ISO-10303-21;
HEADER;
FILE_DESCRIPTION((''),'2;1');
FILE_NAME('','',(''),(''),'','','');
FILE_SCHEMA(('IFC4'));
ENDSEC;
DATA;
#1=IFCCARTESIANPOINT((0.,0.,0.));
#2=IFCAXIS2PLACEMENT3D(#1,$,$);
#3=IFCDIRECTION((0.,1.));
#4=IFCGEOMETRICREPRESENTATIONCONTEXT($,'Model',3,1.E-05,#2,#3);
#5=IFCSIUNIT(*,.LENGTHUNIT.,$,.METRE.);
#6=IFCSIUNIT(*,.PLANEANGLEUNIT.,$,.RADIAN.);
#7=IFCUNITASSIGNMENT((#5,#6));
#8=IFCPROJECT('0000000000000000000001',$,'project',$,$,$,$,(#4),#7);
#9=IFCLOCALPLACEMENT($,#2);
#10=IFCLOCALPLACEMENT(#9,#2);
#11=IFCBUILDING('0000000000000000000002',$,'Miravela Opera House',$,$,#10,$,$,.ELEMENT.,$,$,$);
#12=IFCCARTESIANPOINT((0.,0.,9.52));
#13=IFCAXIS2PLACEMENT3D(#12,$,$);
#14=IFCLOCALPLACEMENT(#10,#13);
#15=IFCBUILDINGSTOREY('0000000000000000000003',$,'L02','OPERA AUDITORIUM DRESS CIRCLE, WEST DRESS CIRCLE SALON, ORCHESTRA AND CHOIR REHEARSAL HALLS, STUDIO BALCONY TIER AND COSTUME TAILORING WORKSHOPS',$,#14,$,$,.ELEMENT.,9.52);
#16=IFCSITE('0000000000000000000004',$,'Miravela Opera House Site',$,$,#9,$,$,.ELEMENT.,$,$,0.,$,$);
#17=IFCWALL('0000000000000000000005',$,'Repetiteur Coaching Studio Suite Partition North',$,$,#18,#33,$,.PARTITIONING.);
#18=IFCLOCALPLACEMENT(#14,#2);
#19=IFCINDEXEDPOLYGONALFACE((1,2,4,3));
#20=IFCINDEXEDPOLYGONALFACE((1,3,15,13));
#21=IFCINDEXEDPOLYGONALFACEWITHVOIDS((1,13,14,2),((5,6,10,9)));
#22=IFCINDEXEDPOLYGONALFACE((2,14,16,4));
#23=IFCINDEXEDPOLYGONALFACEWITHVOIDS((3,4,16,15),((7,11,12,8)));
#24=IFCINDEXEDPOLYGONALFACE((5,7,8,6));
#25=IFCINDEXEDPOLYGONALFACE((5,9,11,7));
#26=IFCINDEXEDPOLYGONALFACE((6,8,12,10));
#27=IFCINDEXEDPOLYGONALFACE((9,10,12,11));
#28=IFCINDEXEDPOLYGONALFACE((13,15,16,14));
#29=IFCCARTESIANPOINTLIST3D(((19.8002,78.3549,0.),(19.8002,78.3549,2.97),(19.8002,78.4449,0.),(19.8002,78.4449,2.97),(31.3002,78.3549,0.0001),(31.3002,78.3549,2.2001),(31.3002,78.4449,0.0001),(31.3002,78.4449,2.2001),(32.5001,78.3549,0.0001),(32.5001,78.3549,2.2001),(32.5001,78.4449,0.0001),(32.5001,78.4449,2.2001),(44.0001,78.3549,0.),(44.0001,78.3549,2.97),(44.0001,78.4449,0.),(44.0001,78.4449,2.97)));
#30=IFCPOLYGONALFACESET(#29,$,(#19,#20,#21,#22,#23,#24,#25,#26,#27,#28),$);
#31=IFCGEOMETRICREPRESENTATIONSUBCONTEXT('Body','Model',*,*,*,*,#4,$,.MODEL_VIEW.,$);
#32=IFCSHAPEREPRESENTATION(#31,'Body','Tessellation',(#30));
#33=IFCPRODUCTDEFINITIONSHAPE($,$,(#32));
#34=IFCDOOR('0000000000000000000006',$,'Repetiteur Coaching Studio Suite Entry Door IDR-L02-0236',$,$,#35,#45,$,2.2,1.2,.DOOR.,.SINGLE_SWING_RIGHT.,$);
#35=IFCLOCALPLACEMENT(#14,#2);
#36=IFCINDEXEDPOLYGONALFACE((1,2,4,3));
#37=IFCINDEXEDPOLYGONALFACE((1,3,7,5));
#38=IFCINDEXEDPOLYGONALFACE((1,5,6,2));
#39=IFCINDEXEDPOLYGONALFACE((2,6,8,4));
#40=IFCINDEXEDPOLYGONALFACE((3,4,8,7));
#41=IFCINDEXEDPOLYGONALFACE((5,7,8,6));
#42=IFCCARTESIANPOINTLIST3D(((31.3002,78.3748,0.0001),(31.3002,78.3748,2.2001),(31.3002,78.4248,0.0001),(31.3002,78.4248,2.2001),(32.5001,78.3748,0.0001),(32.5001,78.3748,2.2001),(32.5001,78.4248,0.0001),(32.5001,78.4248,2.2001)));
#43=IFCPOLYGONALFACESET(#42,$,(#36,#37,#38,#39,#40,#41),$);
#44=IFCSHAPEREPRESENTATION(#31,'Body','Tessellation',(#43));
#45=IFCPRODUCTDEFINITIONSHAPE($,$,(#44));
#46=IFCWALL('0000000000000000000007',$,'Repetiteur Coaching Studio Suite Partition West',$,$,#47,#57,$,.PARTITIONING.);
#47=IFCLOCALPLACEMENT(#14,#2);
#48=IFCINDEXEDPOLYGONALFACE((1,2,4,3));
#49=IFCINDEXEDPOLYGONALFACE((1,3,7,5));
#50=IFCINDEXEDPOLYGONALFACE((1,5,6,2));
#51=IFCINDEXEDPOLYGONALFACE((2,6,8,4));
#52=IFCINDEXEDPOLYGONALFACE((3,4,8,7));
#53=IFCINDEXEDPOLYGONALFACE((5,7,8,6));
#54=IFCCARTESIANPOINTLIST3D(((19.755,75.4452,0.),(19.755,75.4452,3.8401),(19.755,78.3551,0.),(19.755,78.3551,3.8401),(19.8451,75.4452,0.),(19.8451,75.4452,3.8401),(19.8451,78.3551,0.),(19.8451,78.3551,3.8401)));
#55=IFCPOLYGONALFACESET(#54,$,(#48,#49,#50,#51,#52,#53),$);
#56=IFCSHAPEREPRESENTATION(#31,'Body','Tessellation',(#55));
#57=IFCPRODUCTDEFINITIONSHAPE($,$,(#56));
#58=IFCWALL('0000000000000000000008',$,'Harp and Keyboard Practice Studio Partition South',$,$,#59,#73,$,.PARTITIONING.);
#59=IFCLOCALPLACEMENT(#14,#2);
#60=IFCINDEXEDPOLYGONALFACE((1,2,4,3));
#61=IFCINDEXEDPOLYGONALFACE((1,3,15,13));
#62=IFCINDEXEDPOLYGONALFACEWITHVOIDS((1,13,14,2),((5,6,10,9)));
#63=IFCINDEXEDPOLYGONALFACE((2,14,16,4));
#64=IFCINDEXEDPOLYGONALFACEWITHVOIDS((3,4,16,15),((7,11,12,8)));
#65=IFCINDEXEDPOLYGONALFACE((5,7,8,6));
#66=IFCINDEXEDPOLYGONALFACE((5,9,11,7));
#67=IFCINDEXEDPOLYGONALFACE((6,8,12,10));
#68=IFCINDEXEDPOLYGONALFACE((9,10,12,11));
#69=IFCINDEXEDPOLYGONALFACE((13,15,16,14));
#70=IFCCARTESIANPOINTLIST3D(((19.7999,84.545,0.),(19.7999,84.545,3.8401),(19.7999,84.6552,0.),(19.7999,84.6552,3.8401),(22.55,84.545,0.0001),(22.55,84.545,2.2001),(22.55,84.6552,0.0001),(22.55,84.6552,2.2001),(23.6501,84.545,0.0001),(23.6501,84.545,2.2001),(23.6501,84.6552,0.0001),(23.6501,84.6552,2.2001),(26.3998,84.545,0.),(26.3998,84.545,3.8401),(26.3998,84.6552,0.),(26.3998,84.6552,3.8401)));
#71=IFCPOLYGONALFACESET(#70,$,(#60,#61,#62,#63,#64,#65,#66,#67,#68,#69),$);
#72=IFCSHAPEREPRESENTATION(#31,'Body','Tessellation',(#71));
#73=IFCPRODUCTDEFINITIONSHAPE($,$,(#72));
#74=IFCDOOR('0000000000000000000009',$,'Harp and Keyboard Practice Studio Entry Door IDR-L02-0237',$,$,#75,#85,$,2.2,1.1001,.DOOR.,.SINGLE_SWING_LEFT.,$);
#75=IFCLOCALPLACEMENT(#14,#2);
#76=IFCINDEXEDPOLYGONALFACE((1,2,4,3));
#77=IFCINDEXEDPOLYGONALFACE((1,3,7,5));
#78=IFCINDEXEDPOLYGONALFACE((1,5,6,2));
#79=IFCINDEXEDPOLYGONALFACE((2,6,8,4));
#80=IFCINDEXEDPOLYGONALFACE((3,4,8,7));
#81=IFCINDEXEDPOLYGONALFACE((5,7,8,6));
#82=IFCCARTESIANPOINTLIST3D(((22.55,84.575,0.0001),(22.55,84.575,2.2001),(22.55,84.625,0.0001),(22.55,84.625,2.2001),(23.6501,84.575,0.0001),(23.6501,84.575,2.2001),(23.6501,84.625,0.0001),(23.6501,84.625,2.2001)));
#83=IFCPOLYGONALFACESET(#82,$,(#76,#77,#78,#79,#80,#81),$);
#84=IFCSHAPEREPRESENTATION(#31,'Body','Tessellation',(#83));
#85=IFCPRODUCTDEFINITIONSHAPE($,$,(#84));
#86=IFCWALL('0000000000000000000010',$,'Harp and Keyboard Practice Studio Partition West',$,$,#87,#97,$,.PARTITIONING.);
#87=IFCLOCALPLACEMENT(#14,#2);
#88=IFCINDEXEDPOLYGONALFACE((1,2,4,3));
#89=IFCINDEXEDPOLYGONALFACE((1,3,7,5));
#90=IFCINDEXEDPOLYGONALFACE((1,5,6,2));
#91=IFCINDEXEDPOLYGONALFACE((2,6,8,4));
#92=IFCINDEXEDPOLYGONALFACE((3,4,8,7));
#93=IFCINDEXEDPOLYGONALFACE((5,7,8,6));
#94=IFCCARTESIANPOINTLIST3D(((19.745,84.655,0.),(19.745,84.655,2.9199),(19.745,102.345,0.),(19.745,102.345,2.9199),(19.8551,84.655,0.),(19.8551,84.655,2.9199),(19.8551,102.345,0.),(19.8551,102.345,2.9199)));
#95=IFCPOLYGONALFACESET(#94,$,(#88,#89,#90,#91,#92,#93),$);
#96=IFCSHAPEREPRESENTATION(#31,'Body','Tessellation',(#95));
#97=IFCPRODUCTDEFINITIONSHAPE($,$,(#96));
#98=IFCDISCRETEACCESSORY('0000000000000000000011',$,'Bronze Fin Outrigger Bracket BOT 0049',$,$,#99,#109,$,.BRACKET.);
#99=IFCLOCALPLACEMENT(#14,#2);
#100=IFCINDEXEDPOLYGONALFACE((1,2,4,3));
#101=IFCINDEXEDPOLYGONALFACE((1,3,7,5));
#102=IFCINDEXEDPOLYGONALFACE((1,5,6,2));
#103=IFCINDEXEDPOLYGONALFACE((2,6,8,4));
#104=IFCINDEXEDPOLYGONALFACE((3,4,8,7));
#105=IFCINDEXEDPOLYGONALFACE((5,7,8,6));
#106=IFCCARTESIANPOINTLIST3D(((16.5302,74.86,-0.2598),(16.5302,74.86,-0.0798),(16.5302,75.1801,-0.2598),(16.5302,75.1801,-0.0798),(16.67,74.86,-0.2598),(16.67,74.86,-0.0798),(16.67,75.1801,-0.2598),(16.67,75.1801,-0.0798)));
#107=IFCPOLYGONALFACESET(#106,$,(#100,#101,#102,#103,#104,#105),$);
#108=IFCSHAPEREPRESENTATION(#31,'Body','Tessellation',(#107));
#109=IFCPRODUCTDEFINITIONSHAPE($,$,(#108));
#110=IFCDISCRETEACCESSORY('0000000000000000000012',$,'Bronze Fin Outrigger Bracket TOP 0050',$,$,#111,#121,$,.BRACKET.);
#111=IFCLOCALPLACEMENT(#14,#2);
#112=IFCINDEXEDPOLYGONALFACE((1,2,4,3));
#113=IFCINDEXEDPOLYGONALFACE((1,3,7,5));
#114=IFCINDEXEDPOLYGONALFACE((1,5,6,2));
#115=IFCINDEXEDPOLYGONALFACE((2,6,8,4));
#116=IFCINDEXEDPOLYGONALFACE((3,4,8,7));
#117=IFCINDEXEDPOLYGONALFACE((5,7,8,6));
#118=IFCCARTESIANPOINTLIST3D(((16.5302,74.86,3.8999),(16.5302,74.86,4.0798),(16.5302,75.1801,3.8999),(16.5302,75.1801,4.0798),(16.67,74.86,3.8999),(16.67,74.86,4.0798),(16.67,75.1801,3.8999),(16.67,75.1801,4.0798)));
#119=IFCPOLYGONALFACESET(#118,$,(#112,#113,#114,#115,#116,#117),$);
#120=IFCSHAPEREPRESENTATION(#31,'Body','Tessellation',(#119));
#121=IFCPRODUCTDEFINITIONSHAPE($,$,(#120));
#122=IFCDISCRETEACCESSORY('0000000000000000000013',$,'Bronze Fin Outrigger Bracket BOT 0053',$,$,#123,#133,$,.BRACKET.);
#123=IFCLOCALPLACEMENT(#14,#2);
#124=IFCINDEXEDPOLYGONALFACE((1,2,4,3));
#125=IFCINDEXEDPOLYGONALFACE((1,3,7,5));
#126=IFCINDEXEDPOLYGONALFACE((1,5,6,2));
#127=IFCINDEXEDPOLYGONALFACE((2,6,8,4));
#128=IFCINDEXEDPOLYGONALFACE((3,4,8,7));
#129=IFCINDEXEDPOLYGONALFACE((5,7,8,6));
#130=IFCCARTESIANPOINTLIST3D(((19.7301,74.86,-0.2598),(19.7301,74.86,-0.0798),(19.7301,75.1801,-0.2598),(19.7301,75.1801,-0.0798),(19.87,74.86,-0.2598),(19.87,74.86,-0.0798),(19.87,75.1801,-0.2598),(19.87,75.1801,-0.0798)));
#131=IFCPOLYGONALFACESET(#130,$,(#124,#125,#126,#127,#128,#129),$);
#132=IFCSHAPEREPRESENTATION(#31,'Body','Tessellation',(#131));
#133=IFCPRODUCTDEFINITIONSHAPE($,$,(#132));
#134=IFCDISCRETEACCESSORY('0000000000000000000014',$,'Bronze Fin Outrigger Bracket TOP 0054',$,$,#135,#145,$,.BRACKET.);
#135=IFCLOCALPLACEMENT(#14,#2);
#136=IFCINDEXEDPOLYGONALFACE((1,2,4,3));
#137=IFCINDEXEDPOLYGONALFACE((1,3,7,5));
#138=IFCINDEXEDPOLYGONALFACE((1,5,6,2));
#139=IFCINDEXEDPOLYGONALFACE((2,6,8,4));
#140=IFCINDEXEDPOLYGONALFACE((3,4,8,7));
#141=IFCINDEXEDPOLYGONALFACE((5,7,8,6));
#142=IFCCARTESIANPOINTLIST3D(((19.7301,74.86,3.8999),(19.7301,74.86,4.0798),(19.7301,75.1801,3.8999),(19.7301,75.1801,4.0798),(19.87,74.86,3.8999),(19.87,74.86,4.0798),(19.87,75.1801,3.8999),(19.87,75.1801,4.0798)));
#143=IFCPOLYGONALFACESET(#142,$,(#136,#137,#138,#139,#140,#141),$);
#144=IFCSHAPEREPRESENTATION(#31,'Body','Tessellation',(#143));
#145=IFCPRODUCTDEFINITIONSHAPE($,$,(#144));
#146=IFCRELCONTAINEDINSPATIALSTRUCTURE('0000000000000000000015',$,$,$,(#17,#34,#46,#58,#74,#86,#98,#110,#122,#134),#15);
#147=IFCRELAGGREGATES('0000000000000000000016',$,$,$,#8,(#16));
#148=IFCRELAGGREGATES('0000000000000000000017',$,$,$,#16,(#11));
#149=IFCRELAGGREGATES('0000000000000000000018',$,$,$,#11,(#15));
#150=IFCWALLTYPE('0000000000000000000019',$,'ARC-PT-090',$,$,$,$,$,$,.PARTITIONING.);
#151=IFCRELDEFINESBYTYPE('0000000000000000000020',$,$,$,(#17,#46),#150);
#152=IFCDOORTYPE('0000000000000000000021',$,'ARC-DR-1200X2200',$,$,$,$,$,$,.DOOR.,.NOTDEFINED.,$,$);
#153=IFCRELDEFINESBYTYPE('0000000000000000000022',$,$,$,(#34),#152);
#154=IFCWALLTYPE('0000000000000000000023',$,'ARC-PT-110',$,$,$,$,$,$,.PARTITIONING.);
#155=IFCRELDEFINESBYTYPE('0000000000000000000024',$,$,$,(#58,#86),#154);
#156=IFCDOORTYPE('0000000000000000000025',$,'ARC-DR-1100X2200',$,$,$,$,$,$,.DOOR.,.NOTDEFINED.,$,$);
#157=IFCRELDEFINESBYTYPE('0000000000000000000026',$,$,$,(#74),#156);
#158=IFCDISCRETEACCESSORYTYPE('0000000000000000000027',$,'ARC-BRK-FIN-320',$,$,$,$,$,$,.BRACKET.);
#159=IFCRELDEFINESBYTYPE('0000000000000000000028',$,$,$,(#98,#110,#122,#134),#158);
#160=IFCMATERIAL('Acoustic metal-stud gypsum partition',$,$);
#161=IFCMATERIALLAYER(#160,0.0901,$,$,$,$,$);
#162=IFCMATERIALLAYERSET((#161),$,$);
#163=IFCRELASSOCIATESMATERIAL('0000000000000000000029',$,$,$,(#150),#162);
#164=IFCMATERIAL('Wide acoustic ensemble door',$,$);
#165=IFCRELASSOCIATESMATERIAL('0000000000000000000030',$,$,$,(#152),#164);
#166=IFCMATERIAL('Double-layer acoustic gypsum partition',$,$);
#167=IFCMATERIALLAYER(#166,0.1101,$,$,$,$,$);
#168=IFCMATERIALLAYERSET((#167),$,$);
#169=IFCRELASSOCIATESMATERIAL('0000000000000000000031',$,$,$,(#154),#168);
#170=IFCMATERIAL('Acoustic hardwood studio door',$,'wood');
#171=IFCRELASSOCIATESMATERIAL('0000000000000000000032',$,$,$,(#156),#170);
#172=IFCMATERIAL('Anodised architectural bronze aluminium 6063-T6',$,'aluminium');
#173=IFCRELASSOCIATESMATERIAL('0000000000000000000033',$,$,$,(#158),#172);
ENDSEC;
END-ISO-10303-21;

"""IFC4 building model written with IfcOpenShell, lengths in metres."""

from ifc_helpers import new_model, si_unit, direction, frame, frame_2d, origin, origin_2d, place, context, subcontext, project, spatial, rectangle, extrude, material, layer, layer_set, type_object, element, fill, save


model = new_model("IFC4")

# Units and contexts
model_context = context("Model", 3, precision=1e-05, world=origin(), true_north=direction((0.0, 1.0)))
body_context = subcontext(model_context, "Body", "Model", "MODEL_VIEW")
ifc_project = project(units=[si_unit("LENGTHUNIT", "METRE"), si_unit("PLANEANGLEUNIT", "RADIAN")], contexts=[model_context])

# Site, building, storey
site_placement = place(None, origin())
site = spatial("IfcSite", under=ifc_project, at=site_placement, Name="Miravela Opera House Site", CompositionType="ELEMENT", RefElevation=0.0)
building_placement = place(site_placement, origin())
building = spatial("IfcBuilding", under=site, at=building_placement, Name="Miravela Opera House", CompositionType="ELEMENT")
storey_placement = place(building_placement, frame((0.0, 0.0, 9.52)))
storey = spatial("IfcBuildingStorey", under=building, at=storey_placement, Name="L02", Description="OPERA AUDITORIUM DRESS CIRCLE, WEST DRESS CIRCLE SALON, ORCHESTRA AND CHOIR REHEARSAL HALLS, STUDIO BALCONY TIER AND COSTUME TAILORING WORKSHOPS", CompositionType="ELEMENT", Elevation=9.52)

# Shared definitions
ifc_material_1 = material(Name="Anodised architectural bronze aluminium 6063-T6", Category="aluminium")

# Shared definitions
ifc_material_2 = material(Name="Acoustic metal-stud gypsum partition")
ifc_layer_1 = layer(ifc_material_2, 0.0901)
ifc_layer_set_1 = layer_set([ifc_layer_1])
wall_type_1 = type_object("IfcWallType", Name="ARC-PT-090", PredefinedType="PARTITIONING", material=ifc_layer_set_1)

# Wall, opening, door
wall_1_placement = place(storey_placement, frame((19.8, 78.3999, 0.0), z_axis=(0.0, 0.0, 1.0), x_axis=(1.0, 0.0, 0.0)))
wall_1 = element("IfcWall", 1, at=wall_1_placement, inside=storey, type_object=wall_type_1, Name="Repetiteur Coaching Studio Suite Partition North", PredefinedType="PARTITIONING", context=body_context, shape_type="SweptSolid", body=[
    extrude(rectangle(XDim=24.2, YDim=0.0901, at=frame_2d((12.1001, 0.0))), origin(), (0.0, 0.0, 1.0), 2.97),
])
opening_1_placement = place(wall_1_placement, frame((11.5, 0.0, 0.0)))
opening_1 = element("IfcOpeningElement", 2, at=opening_1_placement, cuts=wall_1, PredefinedType="OPENING", context=body_context, shape_type="SweptSolid", body=[
    extrude(rectangle(XDim=1.2, YDim=2.2, at=frame_2d((0.6001, 1.1001))), frame((0.0, 0.0549, 0.0), z_axis=(0.0, -1.0, 0.0), x_axis=(1.0, 0.0, 0.0)), (0.0, 0.0, 1.0), 0.1101),
])
ifc_material_3 = material(Name="Wide acoustic ensemble door")
door_type_1 = type_object("IfcDoorType", Name="ARC-DR-1200X2200", OperationType="NOTDEFINED", PredefinedType="DOOR", material=ifc_material_3)
door_1_placement = place(opening_1_placement, origin())
door_1 = element("IfcDoor", 3, at=door_1_placement, inside=storey, type_object=door_type_1, Name="Repetiteur Coaching Studio Suite Entry Door IDR-L02-0236", OperationType="SINGLE_SWING_RIGHT", OverallHeight=2.2, OverallWidth=1.2, PredefinedType="DOOR", context=body_context, shape_type="SweptSolid", body=[
    extrude(rectangle(XDim=1.2, YDim=2.2, at=frame_2d((0.6001, 1.1001))), frame((0.0, 0.0249, 0.0), z_axis=(0.0, -1.0, 0.0), x_axis=(1.0, 0.0, 0.0)), (0.0, 0.0, 1.0), 0.05),
])
fill(opening_1, door_1)

# Wall
wall_2_placement = place(storey_placement, frame((19.8, 75.4451, 0.0), z_axis=(0.0, 0.0, 1.0), x_axis=(0.0, 1.0, 0.0)))
element("IfcWall", 4, at=wall_2_placement, inside=storey, type_object=wall_type_1, Name="Repetiteur Coaching Studio Suite Partition West", PredefinedType="PARTITIONING", context=body_context, shape_type="SweptSolid", body=[
    extrude(rectangle(XDim=2.9099, YDim=0.0901, at=frame_2d((1.4551, 0.0))), origin(), (0.0, 0.0, 1.0), 3.8401),
])

# Wall, opening, door
ifc_material_4 = material(Name="Double-layer acoustic gypsum partition")
ifc_layer_2 = layer(ifc_material_4, 0.1101)
ifc_layer_set_2 = layer_set([ifc_layer_2])
wall_type_2 = type_object("IfcWallType", Name="ARC-PT-110", PredefinedType="PARTITIONING", material=ifc_layer_set_2)
wall_3_placement = place(storey_placement, frame((19.8, 84.6001, 0.0), z_axis=(0.0, 0.0, 1.0), x_axis=(1.0, 0.0, 0.0)))
wall_3 = element("IfcWall", 5, at=wall_3_placement, inside=storey, type_object=wall_type_2, Name="Harp and Keyboard Practice Studio Partition South", PredefinedType="PARTITIONING", context=body_context, shape_type="SweptSolid", body=[
    extrude(rectangle(XDim=6.5999, YDim=0.1101, at=frame_2d((3.2998, 0.0))), origin(), (0.0, 0.0, 1.0), 3.8401),
])
opening_2_placement = place(wall_3_placement, frame((2.75, 0.0, 0.0)))
opening_2 = element("IfcOpeningElement", 6, at=opening_2_placement, cuts=wall_3, PredefinedType="OPENING", context=body_context, shape_type="SweptSolid", body=[
    extrude(rectangle(XDim=1.1001, YDim=2.2, at=frame_2d((0.55, 1.1001))), frame((0.0, 0.0649, 0.0), z_axis=(0.0, -1.0, 0.0), x_axis=(1.0, 0.0, 0.0)), (0.0, 0.0, 1.0), 0.1301),
])
ifc_material_5 = material(Name="Acoustic hardwood studio door", Category="wood")
door_type_2 = type_object("IfcDoorType", Name="ARC-DR-1100X2200", OperationType="NOTDEFINED", PredefinedType="DOOR", material=ifc_material_5)
door_2_placement = place(opening_2_placement, origin())
door_2 = element("IfcDoor", 7, at=door_2_placement, inside=storey, type_object=door_type_2, Name="Harp and Keyboard Practice Studio Entry Door IDR-L02-0237", OperationType="SINGLE_SWING_LEFT", OverallHeight=2.2, OverallWidth=1.1001, PredefinedType="DOOR", context=body_context, shape_type="SweptSolid", body=[
    extrude(rectangle(XDim=1.1001, YDim=2.2, at=frame_2d((0.55, 1.1001))), frame((0.0, 0.0249, 0.0), z_axis=(0.0, -1.0, 0.0), x_axis=(1.0, 0.0, 0.0)), (0.0, 0.0, 1.0), 0.05),
])
fill(opening_2, door_2)

# Wall
wall_4_placement = place(storey_placement, frame((19.8, 84.655, 0.0), z_axis=(0.0, 0.0, 1.0), x_axis=(0.0, 1.0, 0.0)))
element("IfcWall", 8, at=wall_4_placement, inside=storey, type_object=wall_type_2, Name="Harp and Keyboard Practice Studio Partition West", PredefinedType="PARTITIONING", context=body_context, shape_type="SweptSolid", body=[
    extrude(rectangle(XDim=17.6899, YDim=0.1101, at=frame_2d((8.845, 0.0))), origin(), (0.0, 0.0, 1.0), 2.9199),
])

# Discrete accessories
discrete_accessory_type = type_object("IfcDiscreteAccessoryType", Name="ARC-BRK-FIN-320", PredefinedType="BRACKET", material=ifc_material_1)
for number, where, z_axis, x_axis, name in (
    (9, (16.6001, 75.02, -0.2598), (0.0, 0.0, 1.0), (0.0, 1.0, 0.0), "Bronze Fin Outrigger Bracket BOT 0049"),
    (10, (16.6001, 75.02, 3.8999), (0.0, 0.0, 1.0), (0.0, 1.0, 0.0), "Bronze Fin Outrigger Bracket TOP 0050"),
    (11, (19.8, 75.02, -0.2598), (0.0, 0.0, 1.0), (0.0, 1.0, 0.0), "Bronze Fin Outrigger Bracket BOT 0053"),
    (12, (19.8, 75.02, 3.8999), (0.0, 0.0, 1.0), (0.0, 1.0, 0.0), "Bronze Fin Outrigger Bracket TOP 0054"),
):
    element("IfcDiscreteAccessory", number, at=place(storey_placement, frame(where, z_axis=z_axis, x_axis=x_axis)), inside=storey, type_object=discrete_accessory_type, Name=name, PredefinedType="BRACKET", context=body_context, shape_type="SweptSolid", body=[
        extrude(rectangle(XDim=0.3201, YDim=0.1399, at=origin_2d()), origin(), (0.0, 0.0, 1.0), 0.1799),
    ])

save(model, "model.ifc")
